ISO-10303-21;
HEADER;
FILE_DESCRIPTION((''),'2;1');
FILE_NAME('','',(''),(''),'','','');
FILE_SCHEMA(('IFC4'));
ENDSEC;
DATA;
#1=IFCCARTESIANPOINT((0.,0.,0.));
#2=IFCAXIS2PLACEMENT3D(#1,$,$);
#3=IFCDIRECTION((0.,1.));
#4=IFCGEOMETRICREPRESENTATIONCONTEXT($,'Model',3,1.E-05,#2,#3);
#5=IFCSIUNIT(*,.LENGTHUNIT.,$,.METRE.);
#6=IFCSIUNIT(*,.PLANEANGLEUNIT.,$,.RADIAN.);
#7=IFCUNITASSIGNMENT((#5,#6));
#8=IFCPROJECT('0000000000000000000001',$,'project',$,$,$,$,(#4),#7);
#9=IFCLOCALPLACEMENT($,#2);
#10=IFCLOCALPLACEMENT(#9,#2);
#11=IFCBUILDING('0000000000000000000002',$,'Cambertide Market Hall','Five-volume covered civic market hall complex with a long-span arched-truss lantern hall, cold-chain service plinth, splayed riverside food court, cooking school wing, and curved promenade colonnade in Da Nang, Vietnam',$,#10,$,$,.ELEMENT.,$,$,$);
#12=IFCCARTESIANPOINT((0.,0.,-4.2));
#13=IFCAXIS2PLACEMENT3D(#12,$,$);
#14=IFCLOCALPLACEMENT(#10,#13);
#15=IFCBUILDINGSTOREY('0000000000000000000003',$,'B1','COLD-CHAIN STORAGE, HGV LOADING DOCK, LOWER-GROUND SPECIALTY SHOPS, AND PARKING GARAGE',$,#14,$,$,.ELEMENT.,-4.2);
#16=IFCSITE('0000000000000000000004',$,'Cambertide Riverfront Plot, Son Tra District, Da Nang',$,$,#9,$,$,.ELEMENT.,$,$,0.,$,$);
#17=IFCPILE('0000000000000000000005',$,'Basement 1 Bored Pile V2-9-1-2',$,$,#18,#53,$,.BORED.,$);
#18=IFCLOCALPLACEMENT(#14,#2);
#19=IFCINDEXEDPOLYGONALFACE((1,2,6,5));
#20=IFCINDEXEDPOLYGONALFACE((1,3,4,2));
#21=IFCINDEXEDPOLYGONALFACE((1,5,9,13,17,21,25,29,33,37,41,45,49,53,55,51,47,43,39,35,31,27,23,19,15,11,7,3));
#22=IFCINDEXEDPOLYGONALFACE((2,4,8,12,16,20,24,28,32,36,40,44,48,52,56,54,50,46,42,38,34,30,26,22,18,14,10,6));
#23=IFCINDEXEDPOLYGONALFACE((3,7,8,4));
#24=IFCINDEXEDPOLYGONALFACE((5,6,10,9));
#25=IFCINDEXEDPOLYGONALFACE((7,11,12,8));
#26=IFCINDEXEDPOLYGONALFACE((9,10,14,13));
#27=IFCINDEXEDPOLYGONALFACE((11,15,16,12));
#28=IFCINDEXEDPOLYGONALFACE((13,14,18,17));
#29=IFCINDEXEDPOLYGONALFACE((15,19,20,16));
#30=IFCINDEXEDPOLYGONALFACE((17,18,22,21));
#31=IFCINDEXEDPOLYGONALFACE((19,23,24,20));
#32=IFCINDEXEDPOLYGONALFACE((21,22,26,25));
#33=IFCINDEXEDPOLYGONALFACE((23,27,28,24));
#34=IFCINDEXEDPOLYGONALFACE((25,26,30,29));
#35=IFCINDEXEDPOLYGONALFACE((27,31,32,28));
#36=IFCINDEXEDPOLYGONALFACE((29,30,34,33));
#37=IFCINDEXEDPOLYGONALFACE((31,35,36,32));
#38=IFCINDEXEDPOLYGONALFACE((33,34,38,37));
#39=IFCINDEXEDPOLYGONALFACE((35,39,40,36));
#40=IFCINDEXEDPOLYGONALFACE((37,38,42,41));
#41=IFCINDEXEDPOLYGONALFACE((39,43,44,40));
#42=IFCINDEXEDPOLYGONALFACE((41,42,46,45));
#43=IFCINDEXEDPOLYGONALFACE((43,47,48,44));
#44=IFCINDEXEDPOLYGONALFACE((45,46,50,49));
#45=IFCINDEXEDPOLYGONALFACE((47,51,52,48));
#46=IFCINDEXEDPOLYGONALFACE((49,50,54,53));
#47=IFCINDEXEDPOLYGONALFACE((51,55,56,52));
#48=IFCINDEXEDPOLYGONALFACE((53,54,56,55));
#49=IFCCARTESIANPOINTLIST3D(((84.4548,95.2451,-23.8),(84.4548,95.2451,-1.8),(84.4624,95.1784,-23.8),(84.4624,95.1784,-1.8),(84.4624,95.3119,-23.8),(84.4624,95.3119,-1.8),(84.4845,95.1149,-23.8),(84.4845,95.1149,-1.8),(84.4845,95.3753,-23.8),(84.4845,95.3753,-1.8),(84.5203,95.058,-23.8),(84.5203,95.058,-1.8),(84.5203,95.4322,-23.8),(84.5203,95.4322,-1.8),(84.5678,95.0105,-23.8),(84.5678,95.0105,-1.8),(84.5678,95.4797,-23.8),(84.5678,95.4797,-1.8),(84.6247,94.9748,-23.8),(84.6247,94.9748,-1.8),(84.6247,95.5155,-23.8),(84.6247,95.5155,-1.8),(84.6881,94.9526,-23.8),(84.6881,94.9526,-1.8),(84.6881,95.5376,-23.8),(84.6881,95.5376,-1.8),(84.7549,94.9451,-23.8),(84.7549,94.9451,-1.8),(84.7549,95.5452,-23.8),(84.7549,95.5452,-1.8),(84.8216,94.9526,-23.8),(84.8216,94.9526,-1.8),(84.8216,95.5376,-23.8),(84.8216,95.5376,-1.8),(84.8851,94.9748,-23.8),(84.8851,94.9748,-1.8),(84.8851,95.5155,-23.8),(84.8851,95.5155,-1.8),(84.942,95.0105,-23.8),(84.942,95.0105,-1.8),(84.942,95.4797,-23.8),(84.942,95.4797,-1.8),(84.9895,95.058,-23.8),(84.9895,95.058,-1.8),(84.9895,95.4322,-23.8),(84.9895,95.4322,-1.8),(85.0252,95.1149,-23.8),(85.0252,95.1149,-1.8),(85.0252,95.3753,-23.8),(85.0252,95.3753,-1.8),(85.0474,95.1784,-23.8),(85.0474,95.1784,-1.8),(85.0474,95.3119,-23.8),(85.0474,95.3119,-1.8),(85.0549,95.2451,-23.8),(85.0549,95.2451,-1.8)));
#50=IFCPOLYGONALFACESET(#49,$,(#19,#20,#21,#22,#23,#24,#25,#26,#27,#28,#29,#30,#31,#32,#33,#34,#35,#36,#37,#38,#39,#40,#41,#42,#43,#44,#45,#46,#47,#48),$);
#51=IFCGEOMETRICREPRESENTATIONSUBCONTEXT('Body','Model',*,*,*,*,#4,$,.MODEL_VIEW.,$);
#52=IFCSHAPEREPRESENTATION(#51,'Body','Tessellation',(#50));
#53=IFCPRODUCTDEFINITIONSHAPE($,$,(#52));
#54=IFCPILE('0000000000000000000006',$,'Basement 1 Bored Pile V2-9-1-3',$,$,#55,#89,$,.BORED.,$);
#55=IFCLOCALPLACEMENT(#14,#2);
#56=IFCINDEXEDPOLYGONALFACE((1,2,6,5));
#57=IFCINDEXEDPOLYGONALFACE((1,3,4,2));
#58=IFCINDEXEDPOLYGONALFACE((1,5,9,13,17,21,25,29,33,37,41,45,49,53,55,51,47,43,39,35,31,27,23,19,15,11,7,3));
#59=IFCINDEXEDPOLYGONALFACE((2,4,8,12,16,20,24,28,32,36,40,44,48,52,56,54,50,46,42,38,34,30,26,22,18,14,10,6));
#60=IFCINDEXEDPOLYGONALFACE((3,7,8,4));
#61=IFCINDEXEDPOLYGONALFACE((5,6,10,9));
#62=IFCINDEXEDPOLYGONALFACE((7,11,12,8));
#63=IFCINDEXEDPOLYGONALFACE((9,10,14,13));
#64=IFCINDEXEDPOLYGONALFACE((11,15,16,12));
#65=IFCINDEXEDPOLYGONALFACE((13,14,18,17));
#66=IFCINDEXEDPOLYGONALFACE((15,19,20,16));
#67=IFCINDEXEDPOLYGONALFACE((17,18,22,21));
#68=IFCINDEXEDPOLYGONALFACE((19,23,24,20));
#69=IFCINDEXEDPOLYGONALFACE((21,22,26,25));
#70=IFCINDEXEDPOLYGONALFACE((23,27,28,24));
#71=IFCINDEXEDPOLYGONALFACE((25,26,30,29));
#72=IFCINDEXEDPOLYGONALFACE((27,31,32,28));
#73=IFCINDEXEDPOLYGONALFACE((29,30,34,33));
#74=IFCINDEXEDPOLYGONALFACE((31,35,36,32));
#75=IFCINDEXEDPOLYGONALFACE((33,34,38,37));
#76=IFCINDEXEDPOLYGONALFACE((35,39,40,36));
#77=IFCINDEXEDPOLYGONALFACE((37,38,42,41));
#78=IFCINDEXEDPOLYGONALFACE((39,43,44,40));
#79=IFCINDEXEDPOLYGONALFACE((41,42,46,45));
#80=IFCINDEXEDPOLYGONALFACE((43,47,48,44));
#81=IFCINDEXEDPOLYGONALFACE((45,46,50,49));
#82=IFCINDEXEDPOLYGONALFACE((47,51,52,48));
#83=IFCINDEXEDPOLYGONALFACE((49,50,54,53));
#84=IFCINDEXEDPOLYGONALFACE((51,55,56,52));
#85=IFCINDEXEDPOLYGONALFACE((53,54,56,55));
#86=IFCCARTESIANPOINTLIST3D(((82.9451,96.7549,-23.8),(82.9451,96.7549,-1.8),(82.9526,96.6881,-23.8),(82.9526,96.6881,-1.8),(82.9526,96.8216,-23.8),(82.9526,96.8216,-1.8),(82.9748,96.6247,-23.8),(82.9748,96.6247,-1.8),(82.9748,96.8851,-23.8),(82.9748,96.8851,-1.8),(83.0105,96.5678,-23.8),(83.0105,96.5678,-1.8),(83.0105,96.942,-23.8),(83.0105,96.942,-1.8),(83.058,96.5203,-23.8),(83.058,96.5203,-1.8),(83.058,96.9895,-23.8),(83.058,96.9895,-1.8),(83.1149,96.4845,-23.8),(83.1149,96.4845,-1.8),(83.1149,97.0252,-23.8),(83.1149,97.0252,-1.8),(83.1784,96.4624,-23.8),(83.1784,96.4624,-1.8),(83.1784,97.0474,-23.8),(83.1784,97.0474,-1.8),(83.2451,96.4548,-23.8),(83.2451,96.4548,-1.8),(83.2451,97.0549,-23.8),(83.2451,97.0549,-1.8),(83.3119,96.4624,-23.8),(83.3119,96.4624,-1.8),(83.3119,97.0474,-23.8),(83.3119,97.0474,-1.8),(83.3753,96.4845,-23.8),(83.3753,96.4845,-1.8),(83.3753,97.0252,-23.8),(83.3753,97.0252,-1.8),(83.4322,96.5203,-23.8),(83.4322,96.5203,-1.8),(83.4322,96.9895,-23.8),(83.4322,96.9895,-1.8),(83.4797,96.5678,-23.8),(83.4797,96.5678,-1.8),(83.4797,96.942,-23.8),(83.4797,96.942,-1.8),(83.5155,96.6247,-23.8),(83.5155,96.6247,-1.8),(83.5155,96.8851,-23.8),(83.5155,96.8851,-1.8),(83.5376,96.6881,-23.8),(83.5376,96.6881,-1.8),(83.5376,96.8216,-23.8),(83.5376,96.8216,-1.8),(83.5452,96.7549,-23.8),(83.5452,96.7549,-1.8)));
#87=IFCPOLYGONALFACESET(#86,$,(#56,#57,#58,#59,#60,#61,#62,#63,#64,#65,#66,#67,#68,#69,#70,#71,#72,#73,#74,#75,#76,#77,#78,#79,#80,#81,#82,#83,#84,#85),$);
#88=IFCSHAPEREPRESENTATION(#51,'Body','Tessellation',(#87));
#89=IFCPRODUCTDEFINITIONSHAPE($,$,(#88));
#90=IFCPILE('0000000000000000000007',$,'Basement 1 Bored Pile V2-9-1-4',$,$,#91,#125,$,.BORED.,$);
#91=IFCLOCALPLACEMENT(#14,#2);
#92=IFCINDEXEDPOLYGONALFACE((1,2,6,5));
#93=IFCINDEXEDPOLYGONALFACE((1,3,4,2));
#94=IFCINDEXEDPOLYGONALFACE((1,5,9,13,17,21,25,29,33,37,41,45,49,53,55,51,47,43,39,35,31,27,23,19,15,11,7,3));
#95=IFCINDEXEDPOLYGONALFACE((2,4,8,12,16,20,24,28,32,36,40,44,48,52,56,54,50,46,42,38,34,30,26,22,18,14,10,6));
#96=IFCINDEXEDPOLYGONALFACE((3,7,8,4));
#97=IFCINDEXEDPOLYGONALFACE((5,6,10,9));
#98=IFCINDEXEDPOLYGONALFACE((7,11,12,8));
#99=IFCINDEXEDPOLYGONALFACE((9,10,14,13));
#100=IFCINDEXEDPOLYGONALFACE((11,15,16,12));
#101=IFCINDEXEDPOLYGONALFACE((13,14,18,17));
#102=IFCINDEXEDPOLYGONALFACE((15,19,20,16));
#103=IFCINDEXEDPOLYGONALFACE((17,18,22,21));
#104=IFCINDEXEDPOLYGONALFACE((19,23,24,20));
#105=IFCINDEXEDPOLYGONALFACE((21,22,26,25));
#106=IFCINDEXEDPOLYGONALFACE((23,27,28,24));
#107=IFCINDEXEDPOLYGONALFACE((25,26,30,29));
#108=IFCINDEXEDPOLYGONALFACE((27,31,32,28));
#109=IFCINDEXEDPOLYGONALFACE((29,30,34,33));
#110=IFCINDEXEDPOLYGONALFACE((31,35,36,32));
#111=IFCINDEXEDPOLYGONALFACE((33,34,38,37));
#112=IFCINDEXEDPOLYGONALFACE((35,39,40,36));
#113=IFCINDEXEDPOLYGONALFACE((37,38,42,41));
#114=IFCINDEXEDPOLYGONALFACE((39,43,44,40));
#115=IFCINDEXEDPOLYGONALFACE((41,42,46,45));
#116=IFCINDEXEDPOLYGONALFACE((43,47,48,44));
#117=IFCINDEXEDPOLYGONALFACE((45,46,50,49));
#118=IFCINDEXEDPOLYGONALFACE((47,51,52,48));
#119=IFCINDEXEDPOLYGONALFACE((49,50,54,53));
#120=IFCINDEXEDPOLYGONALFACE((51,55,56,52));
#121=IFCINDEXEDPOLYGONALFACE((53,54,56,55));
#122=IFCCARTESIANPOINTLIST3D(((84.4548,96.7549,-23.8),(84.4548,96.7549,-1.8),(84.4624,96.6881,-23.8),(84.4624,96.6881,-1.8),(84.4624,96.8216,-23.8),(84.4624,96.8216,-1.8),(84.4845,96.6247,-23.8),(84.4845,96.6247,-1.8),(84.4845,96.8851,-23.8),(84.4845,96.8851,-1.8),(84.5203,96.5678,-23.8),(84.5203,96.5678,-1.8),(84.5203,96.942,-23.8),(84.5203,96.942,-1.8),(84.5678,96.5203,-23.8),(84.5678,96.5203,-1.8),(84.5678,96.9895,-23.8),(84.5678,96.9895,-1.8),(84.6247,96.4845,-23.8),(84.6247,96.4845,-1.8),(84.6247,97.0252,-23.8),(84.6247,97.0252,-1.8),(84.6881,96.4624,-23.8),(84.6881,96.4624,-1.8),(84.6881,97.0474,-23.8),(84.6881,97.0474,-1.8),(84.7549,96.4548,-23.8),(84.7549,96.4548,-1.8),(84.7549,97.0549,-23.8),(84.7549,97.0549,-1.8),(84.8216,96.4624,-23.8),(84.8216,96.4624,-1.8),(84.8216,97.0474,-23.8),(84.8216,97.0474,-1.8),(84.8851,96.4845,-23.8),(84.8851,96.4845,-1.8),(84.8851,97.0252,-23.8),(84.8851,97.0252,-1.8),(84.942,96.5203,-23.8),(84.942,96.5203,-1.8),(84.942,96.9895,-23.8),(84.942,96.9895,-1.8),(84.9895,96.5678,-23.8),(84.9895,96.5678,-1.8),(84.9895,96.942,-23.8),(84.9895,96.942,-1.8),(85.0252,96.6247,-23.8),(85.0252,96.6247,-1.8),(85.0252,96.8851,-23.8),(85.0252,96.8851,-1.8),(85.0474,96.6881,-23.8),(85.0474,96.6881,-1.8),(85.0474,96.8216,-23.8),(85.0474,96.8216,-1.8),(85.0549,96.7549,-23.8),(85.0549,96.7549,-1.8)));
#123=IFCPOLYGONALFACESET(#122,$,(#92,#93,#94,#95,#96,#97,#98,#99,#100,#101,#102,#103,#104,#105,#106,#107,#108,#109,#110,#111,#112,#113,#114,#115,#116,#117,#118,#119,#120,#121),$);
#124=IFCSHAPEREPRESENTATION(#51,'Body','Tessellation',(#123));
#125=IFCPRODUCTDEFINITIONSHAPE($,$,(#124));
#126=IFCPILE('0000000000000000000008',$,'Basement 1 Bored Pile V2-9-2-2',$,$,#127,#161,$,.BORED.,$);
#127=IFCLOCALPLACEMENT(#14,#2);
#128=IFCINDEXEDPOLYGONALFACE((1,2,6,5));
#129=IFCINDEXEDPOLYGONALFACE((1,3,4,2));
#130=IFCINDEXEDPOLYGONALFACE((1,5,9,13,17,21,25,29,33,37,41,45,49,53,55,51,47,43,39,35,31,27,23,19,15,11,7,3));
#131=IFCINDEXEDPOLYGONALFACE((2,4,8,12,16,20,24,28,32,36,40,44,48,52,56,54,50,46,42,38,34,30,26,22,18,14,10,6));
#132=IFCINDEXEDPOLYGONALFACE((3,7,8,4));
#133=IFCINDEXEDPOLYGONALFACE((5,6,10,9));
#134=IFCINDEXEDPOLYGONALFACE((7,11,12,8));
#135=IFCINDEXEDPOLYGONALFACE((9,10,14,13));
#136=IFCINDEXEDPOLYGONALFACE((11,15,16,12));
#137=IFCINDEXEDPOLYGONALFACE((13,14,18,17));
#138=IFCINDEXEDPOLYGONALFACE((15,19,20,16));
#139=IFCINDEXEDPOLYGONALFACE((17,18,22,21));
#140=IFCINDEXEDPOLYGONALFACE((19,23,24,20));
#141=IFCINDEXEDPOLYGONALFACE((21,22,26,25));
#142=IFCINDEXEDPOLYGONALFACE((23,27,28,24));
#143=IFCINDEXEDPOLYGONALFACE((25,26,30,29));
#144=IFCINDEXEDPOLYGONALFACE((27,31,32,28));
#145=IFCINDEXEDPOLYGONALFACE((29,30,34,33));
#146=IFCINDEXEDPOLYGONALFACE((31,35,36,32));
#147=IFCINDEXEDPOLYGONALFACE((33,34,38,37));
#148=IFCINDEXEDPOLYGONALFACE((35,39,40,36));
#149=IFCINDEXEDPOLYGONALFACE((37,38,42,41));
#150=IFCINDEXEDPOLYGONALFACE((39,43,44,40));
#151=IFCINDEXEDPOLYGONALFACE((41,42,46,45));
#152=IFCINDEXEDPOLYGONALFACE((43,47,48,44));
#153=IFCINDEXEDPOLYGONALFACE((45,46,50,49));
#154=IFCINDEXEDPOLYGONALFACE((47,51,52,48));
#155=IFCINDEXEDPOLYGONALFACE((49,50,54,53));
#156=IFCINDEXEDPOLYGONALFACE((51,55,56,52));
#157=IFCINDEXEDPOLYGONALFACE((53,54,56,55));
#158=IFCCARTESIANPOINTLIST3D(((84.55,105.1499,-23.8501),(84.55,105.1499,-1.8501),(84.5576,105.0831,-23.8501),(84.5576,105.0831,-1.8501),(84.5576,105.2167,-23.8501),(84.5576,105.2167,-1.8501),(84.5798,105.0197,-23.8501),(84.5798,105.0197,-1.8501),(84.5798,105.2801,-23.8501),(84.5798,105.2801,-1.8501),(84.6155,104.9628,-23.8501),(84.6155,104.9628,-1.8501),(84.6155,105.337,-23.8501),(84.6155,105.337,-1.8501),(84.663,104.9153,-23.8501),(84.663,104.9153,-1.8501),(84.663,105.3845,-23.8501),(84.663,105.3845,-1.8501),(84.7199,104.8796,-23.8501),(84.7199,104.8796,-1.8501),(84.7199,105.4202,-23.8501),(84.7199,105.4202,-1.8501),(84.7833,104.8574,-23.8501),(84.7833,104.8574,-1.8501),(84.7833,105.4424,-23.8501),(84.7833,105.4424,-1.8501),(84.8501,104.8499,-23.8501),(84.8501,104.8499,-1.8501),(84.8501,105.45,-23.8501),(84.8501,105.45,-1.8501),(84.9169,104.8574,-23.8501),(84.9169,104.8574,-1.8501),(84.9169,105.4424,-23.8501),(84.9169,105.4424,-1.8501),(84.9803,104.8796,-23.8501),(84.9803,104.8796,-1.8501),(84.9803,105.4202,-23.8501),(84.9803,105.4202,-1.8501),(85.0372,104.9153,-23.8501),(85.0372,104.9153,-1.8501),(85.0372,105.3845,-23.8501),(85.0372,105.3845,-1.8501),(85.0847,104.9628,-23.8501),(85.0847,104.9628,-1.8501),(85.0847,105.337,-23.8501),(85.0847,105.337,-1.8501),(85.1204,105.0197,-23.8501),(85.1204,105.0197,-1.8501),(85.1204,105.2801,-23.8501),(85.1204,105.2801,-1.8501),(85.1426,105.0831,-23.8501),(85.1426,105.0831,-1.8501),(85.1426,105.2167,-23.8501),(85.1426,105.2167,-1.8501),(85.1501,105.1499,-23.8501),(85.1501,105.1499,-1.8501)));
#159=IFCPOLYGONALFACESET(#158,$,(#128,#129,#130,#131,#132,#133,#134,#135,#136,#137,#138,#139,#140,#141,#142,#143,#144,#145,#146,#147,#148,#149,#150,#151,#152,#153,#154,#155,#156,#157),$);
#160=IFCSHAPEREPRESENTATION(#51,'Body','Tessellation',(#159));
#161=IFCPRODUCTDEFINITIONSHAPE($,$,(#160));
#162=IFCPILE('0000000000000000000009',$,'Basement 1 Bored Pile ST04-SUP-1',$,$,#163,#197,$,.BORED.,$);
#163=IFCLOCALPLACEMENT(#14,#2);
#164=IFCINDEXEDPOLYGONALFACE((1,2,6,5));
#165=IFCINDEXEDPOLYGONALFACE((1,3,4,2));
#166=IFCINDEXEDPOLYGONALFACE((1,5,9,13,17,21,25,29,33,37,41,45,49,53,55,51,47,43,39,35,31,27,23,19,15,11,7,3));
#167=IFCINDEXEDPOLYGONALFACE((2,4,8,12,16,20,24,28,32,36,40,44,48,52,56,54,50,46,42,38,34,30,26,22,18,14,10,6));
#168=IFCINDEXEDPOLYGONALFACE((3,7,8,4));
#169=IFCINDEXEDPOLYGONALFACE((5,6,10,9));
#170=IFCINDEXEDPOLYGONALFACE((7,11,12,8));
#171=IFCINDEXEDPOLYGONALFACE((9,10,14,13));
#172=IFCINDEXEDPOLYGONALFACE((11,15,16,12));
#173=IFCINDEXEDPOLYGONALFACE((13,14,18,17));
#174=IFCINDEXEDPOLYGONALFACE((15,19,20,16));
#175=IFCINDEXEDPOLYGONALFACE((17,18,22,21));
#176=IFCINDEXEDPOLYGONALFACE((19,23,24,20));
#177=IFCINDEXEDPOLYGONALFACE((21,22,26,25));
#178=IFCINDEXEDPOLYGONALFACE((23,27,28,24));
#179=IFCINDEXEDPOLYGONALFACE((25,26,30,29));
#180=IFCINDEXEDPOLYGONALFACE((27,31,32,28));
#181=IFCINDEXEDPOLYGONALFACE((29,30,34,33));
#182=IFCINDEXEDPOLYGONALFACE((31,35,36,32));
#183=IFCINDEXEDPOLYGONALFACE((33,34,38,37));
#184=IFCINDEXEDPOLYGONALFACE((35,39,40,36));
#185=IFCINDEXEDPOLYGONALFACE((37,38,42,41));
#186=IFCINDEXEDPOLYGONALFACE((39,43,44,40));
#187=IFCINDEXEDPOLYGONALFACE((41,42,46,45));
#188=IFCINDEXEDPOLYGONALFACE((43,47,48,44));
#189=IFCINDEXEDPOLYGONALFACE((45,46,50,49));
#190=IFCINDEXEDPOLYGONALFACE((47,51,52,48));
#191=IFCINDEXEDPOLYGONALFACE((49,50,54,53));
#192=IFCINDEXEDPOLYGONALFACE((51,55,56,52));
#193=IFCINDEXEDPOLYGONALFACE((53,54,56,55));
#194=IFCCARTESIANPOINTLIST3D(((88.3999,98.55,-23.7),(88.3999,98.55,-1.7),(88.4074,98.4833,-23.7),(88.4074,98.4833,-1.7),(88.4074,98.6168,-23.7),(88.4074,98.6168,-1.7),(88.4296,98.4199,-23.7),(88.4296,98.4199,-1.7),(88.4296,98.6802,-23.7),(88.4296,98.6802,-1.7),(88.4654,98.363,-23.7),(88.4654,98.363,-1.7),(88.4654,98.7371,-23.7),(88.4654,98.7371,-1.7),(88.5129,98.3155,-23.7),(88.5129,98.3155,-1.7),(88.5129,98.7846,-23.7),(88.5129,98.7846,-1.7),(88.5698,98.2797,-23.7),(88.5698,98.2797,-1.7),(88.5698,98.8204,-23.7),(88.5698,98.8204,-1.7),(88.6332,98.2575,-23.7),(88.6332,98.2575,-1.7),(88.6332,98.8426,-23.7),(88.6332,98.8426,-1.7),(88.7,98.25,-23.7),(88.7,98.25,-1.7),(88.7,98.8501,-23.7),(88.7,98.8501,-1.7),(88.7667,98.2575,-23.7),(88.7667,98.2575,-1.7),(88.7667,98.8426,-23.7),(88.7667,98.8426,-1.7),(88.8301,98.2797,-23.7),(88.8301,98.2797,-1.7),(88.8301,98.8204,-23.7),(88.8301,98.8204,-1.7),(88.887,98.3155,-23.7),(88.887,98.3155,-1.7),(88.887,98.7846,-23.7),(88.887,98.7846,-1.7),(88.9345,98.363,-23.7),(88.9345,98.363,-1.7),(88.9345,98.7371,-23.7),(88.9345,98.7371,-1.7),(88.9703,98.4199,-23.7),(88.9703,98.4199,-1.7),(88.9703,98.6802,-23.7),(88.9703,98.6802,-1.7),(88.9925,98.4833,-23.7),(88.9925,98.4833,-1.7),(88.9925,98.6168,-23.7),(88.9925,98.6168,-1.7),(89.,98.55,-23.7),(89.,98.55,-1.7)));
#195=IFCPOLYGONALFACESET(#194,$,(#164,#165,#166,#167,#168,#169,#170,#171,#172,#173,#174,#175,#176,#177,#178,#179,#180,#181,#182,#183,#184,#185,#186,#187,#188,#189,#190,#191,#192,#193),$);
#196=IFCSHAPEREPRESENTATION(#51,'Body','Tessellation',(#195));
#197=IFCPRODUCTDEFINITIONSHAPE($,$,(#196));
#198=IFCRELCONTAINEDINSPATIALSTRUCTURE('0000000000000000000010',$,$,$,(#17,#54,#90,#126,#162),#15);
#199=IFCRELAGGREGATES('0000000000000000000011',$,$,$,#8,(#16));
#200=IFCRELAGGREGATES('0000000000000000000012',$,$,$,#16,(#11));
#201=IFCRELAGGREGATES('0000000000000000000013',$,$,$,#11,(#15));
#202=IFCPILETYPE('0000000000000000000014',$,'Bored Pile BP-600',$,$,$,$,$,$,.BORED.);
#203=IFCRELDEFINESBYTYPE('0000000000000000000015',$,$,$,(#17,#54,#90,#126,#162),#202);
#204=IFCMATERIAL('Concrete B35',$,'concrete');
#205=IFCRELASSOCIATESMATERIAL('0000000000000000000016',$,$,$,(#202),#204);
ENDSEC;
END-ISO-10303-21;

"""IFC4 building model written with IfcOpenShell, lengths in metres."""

from ifc_helpers import new_model, si_unit, direction, frame, origin, origin_2d, place, context, subcontext, project, spatial, circle, extrude, material, material_profile, profile_set, type_object, element, save


model = new_model("IFC4")

# Units and contexts
model_context = context("Model", 3, precision=1e-05, world=origin(), true_north=direction((0.0, 1.0)))
body_context = subcontext(model_context, "Body", "Model", "MODEL_VIEW")
ifc_project = project(units=[si_unit("LENGTHUNIT", "METRE"), si_unit("PLANEANGLEUNIT", "RADIAN")], contexts=[model_context])

# Site, building, storey
site_placement = place(None, origin())
site = spatial("IfcSite", under=ifc_project, at=site_placement, Name="Cambertide Riverfront Plot, Son Tra District, Da Nang", CompositionType="ELEMENT", RefElevation=0.0)
building_placement = place(site_placement, origin())
building = spatial("IfcBuilding", under=site, at=building_placement, Name="Cambertide Market Hall", Description="Five-volume covered civic market hall complex with a long-span arched-truss lantern hall, cold-chain service plinth, splayed riverside food court, cooking school wing, and curved promenade colonnade in Da Nang, Vietnam", CompositionType="ELEMENT")
storey_placement = place(building_placement, frame((0.0, 0.0, -4.2)))
storey = spatial("IfcBuildingStorey", under=building, at=storey_placement, Name="B1", Description="COLD-CHAIN STORAGE, HGV LOADING DOCK, LOWER-GROUND SPECIALTY SHOPS, AND PARKING GARAGE", CompositionType="ELEMENT", Elevation=-4.2)

# Piles
ifc_material_1 = material(Name="Concrete B35", Category="concrete")
ifc_material_profile_1 = material_profile(ifc_material_1, circle(Radius=0.3, at=origin_2d()), Name="BP D600")
ifc_profile_set_1 = profile_set([ifc_material_profile_1], Name="Concrete B35")
pile_type = type_object("IfcPileType", Name="Bored Pile BP-600", PredefinedType="BORED", material=ifc_profile_set_1)
for number, where, z_axis, x_axis, name in (
    (1, (84.7549, 95.2451, -1.8), (0.0, 0.0, -1.0), (1.0, 0.0, 0.0), "Basement 1 Bored Pile V2-9-1-2"),
    (2, (83.2451, 96.7549, -1.8), (0.0, 0.0, -1.0), (1.0, 0.0, 0.0), "Basement 1 Bored Pile V2-9-1-3"),
    (3, (84.7549, 96.7549, -1.8), (0.0, 0.0, -1.0), (1.0, 0.0, 0.0), "Basement 1 Bored Pile V2-9-1-4"),
    (4, (84.8501, 105.1499, -1.8501), (0.0, 0.0, -1.0), (1.0, 0.0, 0.0), "Basement 1 Bored Pile V2-9-2-2"),
    (5, (88.7, 98.55, -1.7), (0.0, 0.0, -1.0), (1.0, 0.0, 0.0), "Basement 1 Bored Pile ST04-SUP-1"),
):
    element("IfcPile", number, at=place(storey_placement, frame(where, z_axis=z_axis, x_axis=x_axis)), inside=storey, type_object=pile_type, Name=name, PredefinedType="BORED", context=body_context, shape_type="SweptSolid", body=[
        extrude(circle(Radius=0.3, at=origin_2d()), origin(), (0.0, 0.0, 1.0), 22.0),
    ])

save(model, "model.ifc")
